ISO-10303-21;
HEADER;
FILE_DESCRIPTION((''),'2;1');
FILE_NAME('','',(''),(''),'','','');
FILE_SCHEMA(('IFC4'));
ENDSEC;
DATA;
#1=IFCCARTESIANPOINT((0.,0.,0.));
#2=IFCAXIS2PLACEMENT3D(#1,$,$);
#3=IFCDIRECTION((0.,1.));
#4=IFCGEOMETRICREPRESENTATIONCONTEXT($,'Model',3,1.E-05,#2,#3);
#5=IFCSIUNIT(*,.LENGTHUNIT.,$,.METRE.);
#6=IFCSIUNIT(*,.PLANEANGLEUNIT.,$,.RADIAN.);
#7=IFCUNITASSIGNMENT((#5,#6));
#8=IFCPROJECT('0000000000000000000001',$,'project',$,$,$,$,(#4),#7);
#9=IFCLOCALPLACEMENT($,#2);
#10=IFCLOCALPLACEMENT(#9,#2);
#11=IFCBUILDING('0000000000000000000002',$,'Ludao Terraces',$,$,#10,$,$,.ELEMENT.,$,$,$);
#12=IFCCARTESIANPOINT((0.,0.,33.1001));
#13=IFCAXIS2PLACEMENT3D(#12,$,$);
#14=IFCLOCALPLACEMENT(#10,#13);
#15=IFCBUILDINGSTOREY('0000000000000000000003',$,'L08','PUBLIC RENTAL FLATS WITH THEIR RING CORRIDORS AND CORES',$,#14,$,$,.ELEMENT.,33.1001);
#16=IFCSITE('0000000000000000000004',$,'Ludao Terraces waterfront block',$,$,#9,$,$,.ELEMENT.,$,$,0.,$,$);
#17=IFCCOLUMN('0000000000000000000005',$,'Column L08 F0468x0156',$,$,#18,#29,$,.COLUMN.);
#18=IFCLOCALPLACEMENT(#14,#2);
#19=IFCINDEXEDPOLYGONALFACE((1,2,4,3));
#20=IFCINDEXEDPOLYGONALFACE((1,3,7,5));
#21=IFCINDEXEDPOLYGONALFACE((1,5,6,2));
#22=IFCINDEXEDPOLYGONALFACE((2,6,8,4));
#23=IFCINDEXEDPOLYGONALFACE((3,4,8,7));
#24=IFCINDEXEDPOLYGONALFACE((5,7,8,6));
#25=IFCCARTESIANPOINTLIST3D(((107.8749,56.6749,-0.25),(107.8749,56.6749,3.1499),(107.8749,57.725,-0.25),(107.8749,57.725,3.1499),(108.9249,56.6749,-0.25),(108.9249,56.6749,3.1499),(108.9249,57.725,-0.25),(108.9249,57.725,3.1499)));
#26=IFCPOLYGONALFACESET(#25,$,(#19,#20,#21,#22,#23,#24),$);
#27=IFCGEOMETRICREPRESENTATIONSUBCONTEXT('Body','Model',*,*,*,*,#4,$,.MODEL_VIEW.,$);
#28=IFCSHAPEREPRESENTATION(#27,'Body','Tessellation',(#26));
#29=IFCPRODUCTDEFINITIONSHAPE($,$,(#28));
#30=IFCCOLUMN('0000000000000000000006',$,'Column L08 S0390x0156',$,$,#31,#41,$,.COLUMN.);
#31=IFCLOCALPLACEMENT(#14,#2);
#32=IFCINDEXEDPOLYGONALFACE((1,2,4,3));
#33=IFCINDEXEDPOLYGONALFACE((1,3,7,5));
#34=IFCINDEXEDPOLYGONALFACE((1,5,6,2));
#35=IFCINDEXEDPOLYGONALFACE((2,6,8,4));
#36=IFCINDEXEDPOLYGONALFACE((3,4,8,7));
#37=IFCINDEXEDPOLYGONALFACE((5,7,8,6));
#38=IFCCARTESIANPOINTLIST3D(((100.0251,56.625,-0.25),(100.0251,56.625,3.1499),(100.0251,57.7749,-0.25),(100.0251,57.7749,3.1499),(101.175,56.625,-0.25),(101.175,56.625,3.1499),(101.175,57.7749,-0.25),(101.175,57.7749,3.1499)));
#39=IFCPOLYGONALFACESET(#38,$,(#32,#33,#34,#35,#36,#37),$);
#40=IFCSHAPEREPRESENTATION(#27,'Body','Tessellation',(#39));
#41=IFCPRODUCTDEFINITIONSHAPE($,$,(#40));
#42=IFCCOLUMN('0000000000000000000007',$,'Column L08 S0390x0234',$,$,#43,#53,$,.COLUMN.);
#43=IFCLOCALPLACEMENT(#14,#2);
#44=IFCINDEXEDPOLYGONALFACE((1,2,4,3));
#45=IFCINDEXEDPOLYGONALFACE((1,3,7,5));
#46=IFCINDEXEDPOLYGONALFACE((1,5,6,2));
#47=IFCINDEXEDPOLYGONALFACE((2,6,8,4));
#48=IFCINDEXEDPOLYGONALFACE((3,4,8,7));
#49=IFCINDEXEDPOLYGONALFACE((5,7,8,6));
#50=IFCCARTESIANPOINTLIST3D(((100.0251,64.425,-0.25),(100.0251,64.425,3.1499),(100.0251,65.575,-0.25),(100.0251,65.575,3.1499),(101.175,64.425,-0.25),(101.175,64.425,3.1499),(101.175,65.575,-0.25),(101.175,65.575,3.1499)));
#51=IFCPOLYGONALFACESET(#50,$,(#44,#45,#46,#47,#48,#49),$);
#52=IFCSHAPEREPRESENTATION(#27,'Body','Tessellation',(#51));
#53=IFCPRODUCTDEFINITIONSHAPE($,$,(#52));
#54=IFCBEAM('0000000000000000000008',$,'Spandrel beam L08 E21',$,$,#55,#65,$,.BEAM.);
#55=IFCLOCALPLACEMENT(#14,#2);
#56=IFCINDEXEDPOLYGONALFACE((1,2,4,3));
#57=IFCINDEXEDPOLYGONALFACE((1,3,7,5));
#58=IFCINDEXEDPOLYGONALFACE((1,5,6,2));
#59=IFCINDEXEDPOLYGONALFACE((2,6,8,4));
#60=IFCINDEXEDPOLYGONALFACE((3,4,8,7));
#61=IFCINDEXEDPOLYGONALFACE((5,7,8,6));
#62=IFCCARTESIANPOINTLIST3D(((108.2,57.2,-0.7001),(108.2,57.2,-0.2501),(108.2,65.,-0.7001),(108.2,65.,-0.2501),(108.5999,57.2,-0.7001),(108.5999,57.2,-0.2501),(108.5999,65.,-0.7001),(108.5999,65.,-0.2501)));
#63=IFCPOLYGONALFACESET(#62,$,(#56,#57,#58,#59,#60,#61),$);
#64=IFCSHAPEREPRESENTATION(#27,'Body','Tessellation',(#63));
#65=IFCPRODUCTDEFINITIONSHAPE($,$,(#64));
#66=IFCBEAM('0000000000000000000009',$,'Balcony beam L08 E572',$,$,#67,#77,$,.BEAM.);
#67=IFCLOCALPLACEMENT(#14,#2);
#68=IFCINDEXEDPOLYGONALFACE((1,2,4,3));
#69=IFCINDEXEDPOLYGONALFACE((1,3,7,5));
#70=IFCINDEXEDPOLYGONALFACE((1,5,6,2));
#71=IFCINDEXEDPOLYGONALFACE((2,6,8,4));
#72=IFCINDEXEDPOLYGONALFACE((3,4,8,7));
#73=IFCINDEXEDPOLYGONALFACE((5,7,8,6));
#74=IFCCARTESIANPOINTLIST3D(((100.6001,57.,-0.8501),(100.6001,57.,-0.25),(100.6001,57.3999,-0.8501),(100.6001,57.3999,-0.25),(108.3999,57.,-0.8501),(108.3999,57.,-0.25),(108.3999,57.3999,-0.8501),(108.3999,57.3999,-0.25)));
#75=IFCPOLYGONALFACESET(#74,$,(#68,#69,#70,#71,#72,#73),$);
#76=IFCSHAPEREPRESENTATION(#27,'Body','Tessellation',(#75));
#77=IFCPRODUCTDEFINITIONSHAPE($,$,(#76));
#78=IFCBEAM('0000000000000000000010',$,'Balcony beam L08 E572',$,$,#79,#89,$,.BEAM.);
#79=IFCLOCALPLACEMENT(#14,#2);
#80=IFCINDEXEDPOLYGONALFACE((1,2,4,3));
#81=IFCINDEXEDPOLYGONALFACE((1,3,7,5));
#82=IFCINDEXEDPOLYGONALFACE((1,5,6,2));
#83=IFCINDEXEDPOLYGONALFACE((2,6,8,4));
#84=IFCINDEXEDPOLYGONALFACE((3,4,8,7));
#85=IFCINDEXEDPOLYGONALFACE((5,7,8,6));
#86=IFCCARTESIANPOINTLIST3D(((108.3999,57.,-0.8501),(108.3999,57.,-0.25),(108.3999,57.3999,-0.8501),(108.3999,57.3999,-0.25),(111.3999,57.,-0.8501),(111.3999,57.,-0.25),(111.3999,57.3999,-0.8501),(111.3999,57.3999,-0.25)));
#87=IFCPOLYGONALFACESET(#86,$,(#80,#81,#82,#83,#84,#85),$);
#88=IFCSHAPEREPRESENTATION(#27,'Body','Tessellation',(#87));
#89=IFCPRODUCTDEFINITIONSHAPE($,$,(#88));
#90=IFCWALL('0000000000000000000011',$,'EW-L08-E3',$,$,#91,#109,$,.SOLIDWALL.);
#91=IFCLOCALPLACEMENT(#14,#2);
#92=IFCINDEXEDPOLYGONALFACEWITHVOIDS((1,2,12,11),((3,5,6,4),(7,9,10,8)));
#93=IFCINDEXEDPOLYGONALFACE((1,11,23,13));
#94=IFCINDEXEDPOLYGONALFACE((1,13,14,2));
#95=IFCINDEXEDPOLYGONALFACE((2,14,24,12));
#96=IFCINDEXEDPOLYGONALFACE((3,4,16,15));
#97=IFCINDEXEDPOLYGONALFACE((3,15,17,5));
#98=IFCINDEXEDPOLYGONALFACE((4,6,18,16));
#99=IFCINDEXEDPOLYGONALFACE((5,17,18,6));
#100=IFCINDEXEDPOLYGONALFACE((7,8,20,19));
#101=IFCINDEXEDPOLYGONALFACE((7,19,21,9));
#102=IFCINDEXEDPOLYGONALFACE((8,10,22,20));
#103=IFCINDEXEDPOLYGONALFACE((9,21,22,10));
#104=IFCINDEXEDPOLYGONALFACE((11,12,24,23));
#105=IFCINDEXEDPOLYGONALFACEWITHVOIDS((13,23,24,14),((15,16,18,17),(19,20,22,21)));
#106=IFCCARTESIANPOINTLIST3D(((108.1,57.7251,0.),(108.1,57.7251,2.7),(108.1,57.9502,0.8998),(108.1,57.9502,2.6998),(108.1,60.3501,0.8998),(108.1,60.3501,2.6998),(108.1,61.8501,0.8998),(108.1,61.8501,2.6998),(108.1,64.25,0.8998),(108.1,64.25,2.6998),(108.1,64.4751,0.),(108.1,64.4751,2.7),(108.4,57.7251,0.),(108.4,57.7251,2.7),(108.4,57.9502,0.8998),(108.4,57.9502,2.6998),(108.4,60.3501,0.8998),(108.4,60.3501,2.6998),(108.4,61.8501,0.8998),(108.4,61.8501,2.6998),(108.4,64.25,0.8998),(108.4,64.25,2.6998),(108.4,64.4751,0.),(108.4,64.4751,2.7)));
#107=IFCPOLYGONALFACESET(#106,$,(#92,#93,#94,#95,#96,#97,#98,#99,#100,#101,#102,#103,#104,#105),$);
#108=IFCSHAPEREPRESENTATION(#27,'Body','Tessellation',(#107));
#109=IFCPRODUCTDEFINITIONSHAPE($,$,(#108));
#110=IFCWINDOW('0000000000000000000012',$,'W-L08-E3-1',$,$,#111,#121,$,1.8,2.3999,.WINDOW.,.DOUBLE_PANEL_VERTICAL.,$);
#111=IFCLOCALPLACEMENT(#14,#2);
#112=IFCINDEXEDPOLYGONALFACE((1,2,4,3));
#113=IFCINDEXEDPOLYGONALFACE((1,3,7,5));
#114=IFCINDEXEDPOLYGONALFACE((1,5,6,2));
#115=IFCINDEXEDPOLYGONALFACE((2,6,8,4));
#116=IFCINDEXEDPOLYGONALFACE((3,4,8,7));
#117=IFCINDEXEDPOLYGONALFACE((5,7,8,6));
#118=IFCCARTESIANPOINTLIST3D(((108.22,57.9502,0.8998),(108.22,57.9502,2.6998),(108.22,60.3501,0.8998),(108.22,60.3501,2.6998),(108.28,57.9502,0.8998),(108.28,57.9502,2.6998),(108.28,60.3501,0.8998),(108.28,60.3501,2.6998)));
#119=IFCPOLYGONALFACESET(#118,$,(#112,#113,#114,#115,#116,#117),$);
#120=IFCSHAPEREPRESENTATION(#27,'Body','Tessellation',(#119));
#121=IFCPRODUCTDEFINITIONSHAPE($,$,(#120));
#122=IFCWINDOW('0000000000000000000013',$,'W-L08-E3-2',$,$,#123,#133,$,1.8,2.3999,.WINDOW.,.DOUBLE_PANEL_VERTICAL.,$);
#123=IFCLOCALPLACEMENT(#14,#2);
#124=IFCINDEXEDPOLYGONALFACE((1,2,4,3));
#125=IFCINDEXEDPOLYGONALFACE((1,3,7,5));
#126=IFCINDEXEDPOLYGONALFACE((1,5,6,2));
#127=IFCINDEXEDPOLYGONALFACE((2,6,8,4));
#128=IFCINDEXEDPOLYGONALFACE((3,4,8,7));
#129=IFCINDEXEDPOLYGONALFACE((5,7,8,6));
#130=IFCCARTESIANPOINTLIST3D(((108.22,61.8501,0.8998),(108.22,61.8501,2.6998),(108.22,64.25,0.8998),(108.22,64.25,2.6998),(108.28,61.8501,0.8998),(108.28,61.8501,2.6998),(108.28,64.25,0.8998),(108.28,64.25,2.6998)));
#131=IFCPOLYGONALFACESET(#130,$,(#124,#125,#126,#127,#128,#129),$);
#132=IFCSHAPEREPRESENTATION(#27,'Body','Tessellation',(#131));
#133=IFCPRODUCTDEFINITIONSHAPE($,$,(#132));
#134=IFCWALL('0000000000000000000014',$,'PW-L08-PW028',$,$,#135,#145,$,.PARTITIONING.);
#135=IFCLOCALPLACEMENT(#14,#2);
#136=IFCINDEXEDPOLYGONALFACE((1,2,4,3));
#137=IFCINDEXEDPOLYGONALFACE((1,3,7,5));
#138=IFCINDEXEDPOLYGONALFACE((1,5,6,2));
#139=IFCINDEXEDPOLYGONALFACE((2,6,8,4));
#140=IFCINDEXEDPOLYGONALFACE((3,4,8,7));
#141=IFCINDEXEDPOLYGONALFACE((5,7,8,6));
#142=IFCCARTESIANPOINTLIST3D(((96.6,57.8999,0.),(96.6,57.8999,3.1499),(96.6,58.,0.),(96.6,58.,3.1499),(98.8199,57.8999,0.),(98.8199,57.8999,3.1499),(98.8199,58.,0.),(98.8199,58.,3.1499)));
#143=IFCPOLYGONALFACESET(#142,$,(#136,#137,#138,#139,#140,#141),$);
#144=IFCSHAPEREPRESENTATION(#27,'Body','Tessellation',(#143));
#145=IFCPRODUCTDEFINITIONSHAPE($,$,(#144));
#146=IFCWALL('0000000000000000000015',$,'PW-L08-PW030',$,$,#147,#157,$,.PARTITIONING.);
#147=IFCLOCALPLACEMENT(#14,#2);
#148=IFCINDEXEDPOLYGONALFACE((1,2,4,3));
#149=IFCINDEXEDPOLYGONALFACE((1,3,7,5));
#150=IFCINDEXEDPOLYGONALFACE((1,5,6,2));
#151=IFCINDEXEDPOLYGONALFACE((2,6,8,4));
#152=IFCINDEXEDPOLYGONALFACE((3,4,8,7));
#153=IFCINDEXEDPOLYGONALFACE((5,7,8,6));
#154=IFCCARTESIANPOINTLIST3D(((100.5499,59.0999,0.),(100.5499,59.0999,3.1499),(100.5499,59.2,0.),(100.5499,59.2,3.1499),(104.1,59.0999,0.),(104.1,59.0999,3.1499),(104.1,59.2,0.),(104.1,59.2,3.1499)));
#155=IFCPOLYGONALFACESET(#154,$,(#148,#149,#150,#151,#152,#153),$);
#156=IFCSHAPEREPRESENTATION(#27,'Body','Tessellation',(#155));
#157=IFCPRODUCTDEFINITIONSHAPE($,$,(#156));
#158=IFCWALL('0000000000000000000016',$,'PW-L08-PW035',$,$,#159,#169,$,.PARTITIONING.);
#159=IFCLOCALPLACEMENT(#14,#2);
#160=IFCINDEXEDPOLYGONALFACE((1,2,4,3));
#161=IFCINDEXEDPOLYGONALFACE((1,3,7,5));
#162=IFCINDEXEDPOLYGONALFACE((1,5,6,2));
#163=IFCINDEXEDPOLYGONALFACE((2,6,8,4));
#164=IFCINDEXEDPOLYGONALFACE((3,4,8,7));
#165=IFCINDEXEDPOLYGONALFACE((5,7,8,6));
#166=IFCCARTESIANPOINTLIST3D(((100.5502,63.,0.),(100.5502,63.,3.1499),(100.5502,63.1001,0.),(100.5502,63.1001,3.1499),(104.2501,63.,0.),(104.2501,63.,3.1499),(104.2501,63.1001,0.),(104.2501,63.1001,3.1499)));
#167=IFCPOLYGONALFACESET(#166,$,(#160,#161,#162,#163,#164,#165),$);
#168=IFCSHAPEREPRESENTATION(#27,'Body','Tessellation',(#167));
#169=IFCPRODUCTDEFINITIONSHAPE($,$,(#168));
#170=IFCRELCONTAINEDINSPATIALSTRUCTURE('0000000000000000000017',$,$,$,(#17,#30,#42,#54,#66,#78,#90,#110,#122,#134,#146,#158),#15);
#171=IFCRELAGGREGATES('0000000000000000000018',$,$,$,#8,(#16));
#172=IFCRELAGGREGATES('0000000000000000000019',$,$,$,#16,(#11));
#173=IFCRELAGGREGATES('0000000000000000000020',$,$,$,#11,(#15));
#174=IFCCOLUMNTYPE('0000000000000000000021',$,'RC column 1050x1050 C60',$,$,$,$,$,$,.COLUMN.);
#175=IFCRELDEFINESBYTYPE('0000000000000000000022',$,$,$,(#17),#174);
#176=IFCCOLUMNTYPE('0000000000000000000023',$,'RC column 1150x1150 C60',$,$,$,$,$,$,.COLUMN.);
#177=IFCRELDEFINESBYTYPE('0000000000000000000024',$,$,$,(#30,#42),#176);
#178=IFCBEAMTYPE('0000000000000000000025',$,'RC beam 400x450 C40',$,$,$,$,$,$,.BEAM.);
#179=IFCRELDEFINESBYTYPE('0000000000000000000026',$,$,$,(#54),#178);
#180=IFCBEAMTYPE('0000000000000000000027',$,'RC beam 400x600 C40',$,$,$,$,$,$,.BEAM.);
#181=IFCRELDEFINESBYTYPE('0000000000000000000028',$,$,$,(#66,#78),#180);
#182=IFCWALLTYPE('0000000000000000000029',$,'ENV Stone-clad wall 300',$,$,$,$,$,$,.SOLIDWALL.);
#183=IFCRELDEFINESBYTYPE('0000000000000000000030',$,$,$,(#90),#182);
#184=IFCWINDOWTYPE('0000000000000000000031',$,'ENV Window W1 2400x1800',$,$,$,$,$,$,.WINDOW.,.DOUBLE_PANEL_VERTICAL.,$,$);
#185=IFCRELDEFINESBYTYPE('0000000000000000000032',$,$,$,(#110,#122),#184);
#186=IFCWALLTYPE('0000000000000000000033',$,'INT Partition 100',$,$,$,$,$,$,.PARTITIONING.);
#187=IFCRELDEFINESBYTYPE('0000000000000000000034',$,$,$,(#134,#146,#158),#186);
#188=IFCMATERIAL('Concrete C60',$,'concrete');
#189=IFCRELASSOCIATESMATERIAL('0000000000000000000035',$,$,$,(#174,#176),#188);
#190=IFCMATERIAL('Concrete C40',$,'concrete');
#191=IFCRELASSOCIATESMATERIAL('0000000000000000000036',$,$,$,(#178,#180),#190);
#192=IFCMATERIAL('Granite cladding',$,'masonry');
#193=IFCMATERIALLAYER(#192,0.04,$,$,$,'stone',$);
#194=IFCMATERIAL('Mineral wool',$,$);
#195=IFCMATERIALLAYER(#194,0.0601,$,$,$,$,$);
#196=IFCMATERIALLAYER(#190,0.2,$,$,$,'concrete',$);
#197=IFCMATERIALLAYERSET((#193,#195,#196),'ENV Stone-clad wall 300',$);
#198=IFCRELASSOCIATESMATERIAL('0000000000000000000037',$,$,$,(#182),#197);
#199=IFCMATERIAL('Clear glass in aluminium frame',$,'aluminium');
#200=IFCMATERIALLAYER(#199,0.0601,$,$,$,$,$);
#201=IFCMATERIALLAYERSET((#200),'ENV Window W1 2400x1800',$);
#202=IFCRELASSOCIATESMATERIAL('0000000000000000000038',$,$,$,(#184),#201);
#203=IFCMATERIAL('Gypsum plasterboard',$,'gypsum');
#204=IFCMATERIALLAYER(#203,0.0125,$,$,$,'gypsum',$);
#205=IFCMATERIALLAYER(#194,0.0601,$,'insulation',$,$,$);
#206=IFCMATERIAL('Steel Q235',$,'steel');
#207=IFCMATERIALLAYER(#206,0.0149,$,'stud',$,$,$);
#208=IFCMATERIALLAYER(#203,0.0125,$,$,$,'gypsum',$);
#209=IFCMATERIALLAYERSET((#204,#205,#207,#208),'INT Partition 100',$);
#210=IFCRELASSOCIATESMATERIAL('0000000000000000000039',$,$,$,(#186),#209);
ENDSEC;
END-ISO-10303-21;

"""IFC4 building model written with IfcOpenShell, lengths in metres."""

from ifc_helpers import new_model, si_unit, direction, frame, frame_2d, origin, origin_2d, place, context, subcontext, project, spatial, rectangle, extrude, material, layer, layer_set, material_profile, profile_set, type_object, element, fill, save


model = new_model("IFC4")

# Units and contexts
model_context = context("Model", 3, precision=1e-05, world=origin(), true_north=direction((0.0, 1.0)))
body_context = subcontext(model_context, "Body", "Model", "MODEL_VIEW")
ifc_project = project(units=[si_unit("LENGTHUNIT", "METRE"), si_unit("PLANEANGLEUNIT", "RADIAN")], contexts=[model_context])

# Site, building, storey
site_placement = place(None, origin())
site = spatial("IfcSite", under=ifc_project, at=site_placement, Name="Ludao Terraces waterfront block", CompositionType="ELEMENT", RefElevation=0.0)
building_placement = place(site_placement, origin())
building = spatial("IfcBuilding", under=site, at=building_placement, Name="Ludao Terraces", CompositionType="ELEMENT")
storey_placement = place(building_placement, frame((0.0, 0.0, 33.1001)))
storey = spatial("IfcBuildingStorey", under=building, at=storey_placement, Name="L08", Description="PUBLIC RENTAL FLATS WITH THEIR RING CORRIDORS AND CORES", CompositionType="ELEMENT", Elevation=33.1001)

# Columns
ifc_material_1 = material(Name="Concrete C60", Category="concrete")
ifc_material_profile_1 = material_profile(ifc_material_1, rectangle(XDim=1.05, YDim=1.05, at=origin_2d()), Name="1050 X 1050")
ifc_profile_set_1 = profile_set([ifc_material_profile_1], Name="Concrete C60")
column_type_1 = type_object("IfcColumnType", Name="RC column 1050x1050 C60", PredefinedType="COLUMN", material=ifc_profile_set_1)
column_placement = place(storey_placement, frame((108.3999, 57.2, -0.25), z_axis=(0.0, 0.0, 1.0), x_axis=(1.0, 0.0, 0.0)))
element("IfcColumn", 1, at=column_placement, inside=storey, type_object=column_type_1, Name="Column L08 F0468x0156", PredefinedType="COLUMN", context=body_context, shape_type="SweptSolid", body=[
    extrude(rectangle(XDim=1.05, YDim=1.05, at=origin_2d()), origin(), (0.0, 0.0, 1.0), 3.3999),
])
ifc_material_profile_2 = material_profile(ifc_material_1, rectangle(XDim=1.1499, YDim=1.1499, at=origin_2d()), Name="1150 X 1150")
ifc_profile_set_2 = profile_set([ifc_material_profile_2], Name="Concrete C60")
column_type_2 = type_object("IfcColumnType", Name="RC column 1150x1150 C60", PredefinedType="COLUMN", material=ifc_profile_set_2)
for number, where, z_axis, x_axis, name in (
    (2, (100.6001, 57.2, -0.25), (0.0, 0.0, 1.0), (1.0, 0.0, 0.0), "Column L08 S0390x0156"),
    (3, (100.6001, 65.0, -0.25), (0.0, 0.0, 1.0), (1.0, 0.0, 0.0), "Column L08 S0390x0234"),
):
    element("IfcColumn", number, at=place(storey_placement, frame(where, z_axis=z_axis, x_axis=x_axis)), inside=storey, type_object=column_type_2, Name=name, PredefinedType="COLUMN", context=body_context, shape_type="SweptSolid", body=[
        extrude(rectangle(XDim=1.1499, YDim=1.1499, at=origin_2d()), origin(), (0.0, 0.0, 1.0), 3.3999),
    ])

# Beams
ifc_material_2 = material(Name="Concrete C40", Category="concrete")
ifc_material_profile_3 = material_profile(ifc_material_2, rectangle(XDim=0.3999, YDim=0.45, at=origin_2d()), Name="400 X 450")
ifc_profile_set_3 = profile_set([ifc_material_profile_3], Name="Concrete C40")
beam_type_1 = type_object("IfcBeamType", Name="RC beam 400x450 C40", PredefinedType="BEAM", material=ifc_profile_set_3)
beam_1_placement = place(storey_placement, frame((108.3999, 57.2, -0.4751), z_axis=(0.0, 1.0, 0.0), x_axis=(-1.0, 0.0, 0.0)))
element("IfcBeam", 4, at=beam_1_placement, inside=storey, type_object=beam_type_1, Name="Spandrel beam L08 E21", PredefinedType="BEAM", context=body_context, shape_type="SweptSolid", body=[
    extrude(rectangle(XDim=0.3999, YDim=0.45, at=origin_2d()), origin(), (0.0, 0.0, 1.0), 7.8),
])
ifc_material_profile_4 = material_profile(ifc_material_2, rectangle(XDim=0.3999, YDim=0.6001, at=origin_2d()), Name="400 X 600")
ifc_profile_set_4 = profile_set([ifc_material_profile_4], Name="Concrete C40")
beam_type_2 = type_object("IfcBeamType", Name="RC beam 400x600 C40", PredefinedType="BEAM", material=ifc_profile_set_4)
beam_2_placement = place(storey_placement, frame((100.6001, 57.2, -0.55), z_axis=(1.0, 0.0, 0.0), x_axis=(0.0, 1.0, 0.0)))
element("IfcBeam", 5, at=beam_2_placement, inside=storey, type_object=beam_type_2, Name="Balcony beam L08 E572", PredefinedType="BEAM", context=body_context, shape_type="SweptSolid", body=[
    extrude(rectangle(XDim=0.3999, YDim=0.6001, at=origin_2d()), origin(), (0.0, 0.0, 1.0), 7.7998),
])
beam_3_placement = place(storey_placement, frame((108.3999, 57.2, -0.55), z_axis=(1.0, 0.0, 0.0), x_axis=(0.0, 1.0, 0.0)))
element("IfcBeam", 6, at=beam_3_placement, inside=storey, type_object=beam_type_2, Name="Balcony beam L08 E572", PredefinedType="BEAM", context=body_context, shape_type="SweptSolid", body=[
    extrude(rectangle(XDim=0.3999, YDim=0.6001, at=origin_2d()), origin(), (0.0, 0.0, 1.0), 3.0),
])

# Wall, openings, windows
ifc_material_3 = material(Name="Granite cladding", Category="masonry")
ifc_layer_1 = layer(ifc_material_3, 0.04, Category="stone")
ifc_material_4 = material(Name="Mineral wool")
ifc_layer_2 = layer(ifc_material_4, 0.0601)
ifc_layer_3 = layer(ifc_material_2, 0.2, Category="concrete")
ifc_layer_set_1 = layer_set([ifc_layer_1, ifc_layer_2, ifc_layer_3], Name="ENV Stone-clad wall 300")
wall_type_1 = type_object("IfcWallType", Name="ENV Stone-clad wall 300", PredefinedType="SOLIDWALL", material=ifc_layer_set_1)
wall_1_placement = place(storey_placement, frame((108.25, 57.7251, 0.0), z_axis=(0.0, 0.0, 1.0), x_axis=(0.0, 1.0, 0.0)))
wall_1 = element("IfcWall", 7, at=wall_1_placement, inside=storey, type_object=wall_type_1, Name="EW-L08-E3", PredefinedType="SOLIDWALL", context=body_context, shape_type="SweptSolid", body=[
    extrude(rectangle(XDim=6.75, YDim=0.3, at=frame_2d((3.375, 0.0))), origin(), (0.0, 0.0, 1.0), 2.7),
])
opening_1_placement = place(wall_1_placement, frame((0.2251, 0.0, 0.8999)))
opening_1 = element("IfcOpeningElement", 8, at=opening_1_placement, cuts=wall_1, PredefinedType="OPENING", context=body_context, shape_type="SweptSolid", body=[
    extrude(rectangle(XDim=2.3999, YDim=1.8, at=frame_2d((1.2, 0.8999))), frame((0.0, 0.1602, 0.0), z_axis=(0.0, -1.0, 0.0), x_axis=(1.0, 0.0, 0.0)), (0.0, 0.0, 1.0), 0.3201),
])
opening_2_placement = place(wall_1_placement, frame((4.125, 0.0, 0.8999)))
opening_2 = element("IfcOpeningElement", 9, at=opening_2_placement, cuts=wall_1, PredefinedType="OPENING", context=body_context, shape_type="SweptSolid", body=[
    extrude(rectangle(XDim=2.3999, YDim=1.8, at=frame_2d((1.2, 0.8999))), frame((0.0, 0.1602, 0.0), z_axis=(0.0, -1.0, 0.0), x_axis=(1.0, 0.0, 0.0)), (0.0, 0.0, 1.0), 0.3201),
])
ifc_material_5 = material(Name="Clear glass in aluminium frame", Category="aluminium")
ifc_layer_4 = layer(ifc_material_5, 0.0601)
ifc_layer_set_2 = layer_set([ifc_layer_4], Name="ENV Window W1 2400x1800")
window_type = type_object("IfcWindowType", Name="ENV Window W1 2400x1800", PartitioningType="DOUBLE_PANEL_VERTICAL", PredefinedType="WINDOW", material=ifc_layer_set_2)
window_1_placement = place(opening_1_placement, origin())
window_1 = element("IfcWindow", 10, at=window_1_placement, inside=storey, type_object=window_type, Name="W-L08-E3-1", OverallHeight=1.8, OverallWidth=2.3999, PartitioningType="DOUBLE_PANEL_VERTICAL", PredefinedType="WINDOW", context=body_context, shape_type="SweptSolid", body=[
    extrude(rectangle(XDim=2.3999, YDim=1.8, at=frame_2d((1.2, 0.8999))), frame((0.0, 0.03, 0.0), z_axis=(0.0, -1.0, 0.0), x_axis=(1.0, 0.0, 0.0)), (0.0, 0.0, 1.0), 0.0601),
])
fill(opening_1, window_1)
window_2_placement = place(opening_2_placement, origin())
window_2 = element("IfcWindow", 11, at=window_2_placement, inside=storey, type_object=window_type, Name="W-L08-E3-2", OverallHeight=1.8, OverallWidth=2.3999, PartitioningType="DOUBLE_PANEL_VERTICAL", PredefinedType="WINDOW", context=body_context, shape_type="SweptSolid", body=[
    extrude(rectangle(XDim=2.3999, YDim=1.8, at=frame_2d((1.2, 0.8999))), frame((0.0, 0.03, 0.0), z_axis=(0.0, -1.0, 0.0), x_axis=(1.0, 0.0, 0.0)), (0.0, 0.0, 1.0), 0.0601),
])
fill(opening_2, window_2)

# Walls
ifc_material_6 = material(Name="Gypsum plasterboard", Category="gypsum")
ifc_layer_5 = layer(ifc_material_6, 0.0125, Category="gypsum")
ifc_layer_6 = layer(ifc_material_4, 0.0601, Name="insulation")
ifc_material_7 = material(Name="Steel Q235", Category="steel")
ifc_layer_7 = layer(ifc_material_7, 0.0149, Name="stud")
ifc_layer_8 = layer(ifc_material_6, 0.0125, Category="gypsum")
ifc_layer_set_3 = layer_set([ifc_layer_5, ifc_layer_6, ifc_layer_7, ifc_layer_8], Name="INT Partition 100")
wall_type_2 = type_object("IfcWallType", Name="INT Partition 100", PredefinedType="PARTITIONING", material=ifc_layer_set_3)
wall_2_placement = place(storey_placement, frame((96.6001, 57.95, 0.0), z_axis=(0.0, 0.0, 1.0), x_axis=(1.0, 0.0, 0.0)))
element("IfcWall", 12, at=wall_2_placement, inside=storey, type_object=wall_type_2, Name="PW-L08-PW028", PredefinedType="PARTITIONING", context=body_context, shape_type="SweptSolid", body=[
    extrude(rectangle(XDim=2.22, YDim=0.1001, at=frame_2d((1.1099, 0.0))), origin(), (0.0, 0.0, 1.0), 3.1499),
])
wall_3_placement = place(storey_placement, frame((100.55, 59.1499, 0.0), z_axis=(0.0, 0.0, 1.0), x_axis=(1.0, 0.0, 0.0)))
element("IfcWall", 13, at=wall_3_placement, inside=storey, type_object=wall_type_2, Name="PW-L08-PW030", PredefinedType="PARTITIONING", context=body_context, shape_type="SweptSolid", body=[
    extrude(rectangle(XDim=3.55, YDim=0.1001, at=frame_2d((1.7749, 0.0))), origin(), (0.0, 0.0, 1.0), 3.1499),
])
wall_4_placement = place(storey_placement, frame((100.55, 63.05, 0.0), z_axis=(0.0, 0.0, 1.0), x_axis=(1.0, 0.0, 0.0)))
element("IfcWall", 14, at=wall_4_placement, inside=storey, type_object=wall_type_2, Name="PW-L08-PW035", PredefinedType="PARTITIONING", context=body_context, shape_type="SweptSolid", body=[
    extrude(rectangle(XDim=3.7, YDim=0.1001, at=frame_2d((1.8501, 0.0))), origin(), (0.0, 0.0, 1.0), 3.1499),
])

save(model, "model.ifc")
